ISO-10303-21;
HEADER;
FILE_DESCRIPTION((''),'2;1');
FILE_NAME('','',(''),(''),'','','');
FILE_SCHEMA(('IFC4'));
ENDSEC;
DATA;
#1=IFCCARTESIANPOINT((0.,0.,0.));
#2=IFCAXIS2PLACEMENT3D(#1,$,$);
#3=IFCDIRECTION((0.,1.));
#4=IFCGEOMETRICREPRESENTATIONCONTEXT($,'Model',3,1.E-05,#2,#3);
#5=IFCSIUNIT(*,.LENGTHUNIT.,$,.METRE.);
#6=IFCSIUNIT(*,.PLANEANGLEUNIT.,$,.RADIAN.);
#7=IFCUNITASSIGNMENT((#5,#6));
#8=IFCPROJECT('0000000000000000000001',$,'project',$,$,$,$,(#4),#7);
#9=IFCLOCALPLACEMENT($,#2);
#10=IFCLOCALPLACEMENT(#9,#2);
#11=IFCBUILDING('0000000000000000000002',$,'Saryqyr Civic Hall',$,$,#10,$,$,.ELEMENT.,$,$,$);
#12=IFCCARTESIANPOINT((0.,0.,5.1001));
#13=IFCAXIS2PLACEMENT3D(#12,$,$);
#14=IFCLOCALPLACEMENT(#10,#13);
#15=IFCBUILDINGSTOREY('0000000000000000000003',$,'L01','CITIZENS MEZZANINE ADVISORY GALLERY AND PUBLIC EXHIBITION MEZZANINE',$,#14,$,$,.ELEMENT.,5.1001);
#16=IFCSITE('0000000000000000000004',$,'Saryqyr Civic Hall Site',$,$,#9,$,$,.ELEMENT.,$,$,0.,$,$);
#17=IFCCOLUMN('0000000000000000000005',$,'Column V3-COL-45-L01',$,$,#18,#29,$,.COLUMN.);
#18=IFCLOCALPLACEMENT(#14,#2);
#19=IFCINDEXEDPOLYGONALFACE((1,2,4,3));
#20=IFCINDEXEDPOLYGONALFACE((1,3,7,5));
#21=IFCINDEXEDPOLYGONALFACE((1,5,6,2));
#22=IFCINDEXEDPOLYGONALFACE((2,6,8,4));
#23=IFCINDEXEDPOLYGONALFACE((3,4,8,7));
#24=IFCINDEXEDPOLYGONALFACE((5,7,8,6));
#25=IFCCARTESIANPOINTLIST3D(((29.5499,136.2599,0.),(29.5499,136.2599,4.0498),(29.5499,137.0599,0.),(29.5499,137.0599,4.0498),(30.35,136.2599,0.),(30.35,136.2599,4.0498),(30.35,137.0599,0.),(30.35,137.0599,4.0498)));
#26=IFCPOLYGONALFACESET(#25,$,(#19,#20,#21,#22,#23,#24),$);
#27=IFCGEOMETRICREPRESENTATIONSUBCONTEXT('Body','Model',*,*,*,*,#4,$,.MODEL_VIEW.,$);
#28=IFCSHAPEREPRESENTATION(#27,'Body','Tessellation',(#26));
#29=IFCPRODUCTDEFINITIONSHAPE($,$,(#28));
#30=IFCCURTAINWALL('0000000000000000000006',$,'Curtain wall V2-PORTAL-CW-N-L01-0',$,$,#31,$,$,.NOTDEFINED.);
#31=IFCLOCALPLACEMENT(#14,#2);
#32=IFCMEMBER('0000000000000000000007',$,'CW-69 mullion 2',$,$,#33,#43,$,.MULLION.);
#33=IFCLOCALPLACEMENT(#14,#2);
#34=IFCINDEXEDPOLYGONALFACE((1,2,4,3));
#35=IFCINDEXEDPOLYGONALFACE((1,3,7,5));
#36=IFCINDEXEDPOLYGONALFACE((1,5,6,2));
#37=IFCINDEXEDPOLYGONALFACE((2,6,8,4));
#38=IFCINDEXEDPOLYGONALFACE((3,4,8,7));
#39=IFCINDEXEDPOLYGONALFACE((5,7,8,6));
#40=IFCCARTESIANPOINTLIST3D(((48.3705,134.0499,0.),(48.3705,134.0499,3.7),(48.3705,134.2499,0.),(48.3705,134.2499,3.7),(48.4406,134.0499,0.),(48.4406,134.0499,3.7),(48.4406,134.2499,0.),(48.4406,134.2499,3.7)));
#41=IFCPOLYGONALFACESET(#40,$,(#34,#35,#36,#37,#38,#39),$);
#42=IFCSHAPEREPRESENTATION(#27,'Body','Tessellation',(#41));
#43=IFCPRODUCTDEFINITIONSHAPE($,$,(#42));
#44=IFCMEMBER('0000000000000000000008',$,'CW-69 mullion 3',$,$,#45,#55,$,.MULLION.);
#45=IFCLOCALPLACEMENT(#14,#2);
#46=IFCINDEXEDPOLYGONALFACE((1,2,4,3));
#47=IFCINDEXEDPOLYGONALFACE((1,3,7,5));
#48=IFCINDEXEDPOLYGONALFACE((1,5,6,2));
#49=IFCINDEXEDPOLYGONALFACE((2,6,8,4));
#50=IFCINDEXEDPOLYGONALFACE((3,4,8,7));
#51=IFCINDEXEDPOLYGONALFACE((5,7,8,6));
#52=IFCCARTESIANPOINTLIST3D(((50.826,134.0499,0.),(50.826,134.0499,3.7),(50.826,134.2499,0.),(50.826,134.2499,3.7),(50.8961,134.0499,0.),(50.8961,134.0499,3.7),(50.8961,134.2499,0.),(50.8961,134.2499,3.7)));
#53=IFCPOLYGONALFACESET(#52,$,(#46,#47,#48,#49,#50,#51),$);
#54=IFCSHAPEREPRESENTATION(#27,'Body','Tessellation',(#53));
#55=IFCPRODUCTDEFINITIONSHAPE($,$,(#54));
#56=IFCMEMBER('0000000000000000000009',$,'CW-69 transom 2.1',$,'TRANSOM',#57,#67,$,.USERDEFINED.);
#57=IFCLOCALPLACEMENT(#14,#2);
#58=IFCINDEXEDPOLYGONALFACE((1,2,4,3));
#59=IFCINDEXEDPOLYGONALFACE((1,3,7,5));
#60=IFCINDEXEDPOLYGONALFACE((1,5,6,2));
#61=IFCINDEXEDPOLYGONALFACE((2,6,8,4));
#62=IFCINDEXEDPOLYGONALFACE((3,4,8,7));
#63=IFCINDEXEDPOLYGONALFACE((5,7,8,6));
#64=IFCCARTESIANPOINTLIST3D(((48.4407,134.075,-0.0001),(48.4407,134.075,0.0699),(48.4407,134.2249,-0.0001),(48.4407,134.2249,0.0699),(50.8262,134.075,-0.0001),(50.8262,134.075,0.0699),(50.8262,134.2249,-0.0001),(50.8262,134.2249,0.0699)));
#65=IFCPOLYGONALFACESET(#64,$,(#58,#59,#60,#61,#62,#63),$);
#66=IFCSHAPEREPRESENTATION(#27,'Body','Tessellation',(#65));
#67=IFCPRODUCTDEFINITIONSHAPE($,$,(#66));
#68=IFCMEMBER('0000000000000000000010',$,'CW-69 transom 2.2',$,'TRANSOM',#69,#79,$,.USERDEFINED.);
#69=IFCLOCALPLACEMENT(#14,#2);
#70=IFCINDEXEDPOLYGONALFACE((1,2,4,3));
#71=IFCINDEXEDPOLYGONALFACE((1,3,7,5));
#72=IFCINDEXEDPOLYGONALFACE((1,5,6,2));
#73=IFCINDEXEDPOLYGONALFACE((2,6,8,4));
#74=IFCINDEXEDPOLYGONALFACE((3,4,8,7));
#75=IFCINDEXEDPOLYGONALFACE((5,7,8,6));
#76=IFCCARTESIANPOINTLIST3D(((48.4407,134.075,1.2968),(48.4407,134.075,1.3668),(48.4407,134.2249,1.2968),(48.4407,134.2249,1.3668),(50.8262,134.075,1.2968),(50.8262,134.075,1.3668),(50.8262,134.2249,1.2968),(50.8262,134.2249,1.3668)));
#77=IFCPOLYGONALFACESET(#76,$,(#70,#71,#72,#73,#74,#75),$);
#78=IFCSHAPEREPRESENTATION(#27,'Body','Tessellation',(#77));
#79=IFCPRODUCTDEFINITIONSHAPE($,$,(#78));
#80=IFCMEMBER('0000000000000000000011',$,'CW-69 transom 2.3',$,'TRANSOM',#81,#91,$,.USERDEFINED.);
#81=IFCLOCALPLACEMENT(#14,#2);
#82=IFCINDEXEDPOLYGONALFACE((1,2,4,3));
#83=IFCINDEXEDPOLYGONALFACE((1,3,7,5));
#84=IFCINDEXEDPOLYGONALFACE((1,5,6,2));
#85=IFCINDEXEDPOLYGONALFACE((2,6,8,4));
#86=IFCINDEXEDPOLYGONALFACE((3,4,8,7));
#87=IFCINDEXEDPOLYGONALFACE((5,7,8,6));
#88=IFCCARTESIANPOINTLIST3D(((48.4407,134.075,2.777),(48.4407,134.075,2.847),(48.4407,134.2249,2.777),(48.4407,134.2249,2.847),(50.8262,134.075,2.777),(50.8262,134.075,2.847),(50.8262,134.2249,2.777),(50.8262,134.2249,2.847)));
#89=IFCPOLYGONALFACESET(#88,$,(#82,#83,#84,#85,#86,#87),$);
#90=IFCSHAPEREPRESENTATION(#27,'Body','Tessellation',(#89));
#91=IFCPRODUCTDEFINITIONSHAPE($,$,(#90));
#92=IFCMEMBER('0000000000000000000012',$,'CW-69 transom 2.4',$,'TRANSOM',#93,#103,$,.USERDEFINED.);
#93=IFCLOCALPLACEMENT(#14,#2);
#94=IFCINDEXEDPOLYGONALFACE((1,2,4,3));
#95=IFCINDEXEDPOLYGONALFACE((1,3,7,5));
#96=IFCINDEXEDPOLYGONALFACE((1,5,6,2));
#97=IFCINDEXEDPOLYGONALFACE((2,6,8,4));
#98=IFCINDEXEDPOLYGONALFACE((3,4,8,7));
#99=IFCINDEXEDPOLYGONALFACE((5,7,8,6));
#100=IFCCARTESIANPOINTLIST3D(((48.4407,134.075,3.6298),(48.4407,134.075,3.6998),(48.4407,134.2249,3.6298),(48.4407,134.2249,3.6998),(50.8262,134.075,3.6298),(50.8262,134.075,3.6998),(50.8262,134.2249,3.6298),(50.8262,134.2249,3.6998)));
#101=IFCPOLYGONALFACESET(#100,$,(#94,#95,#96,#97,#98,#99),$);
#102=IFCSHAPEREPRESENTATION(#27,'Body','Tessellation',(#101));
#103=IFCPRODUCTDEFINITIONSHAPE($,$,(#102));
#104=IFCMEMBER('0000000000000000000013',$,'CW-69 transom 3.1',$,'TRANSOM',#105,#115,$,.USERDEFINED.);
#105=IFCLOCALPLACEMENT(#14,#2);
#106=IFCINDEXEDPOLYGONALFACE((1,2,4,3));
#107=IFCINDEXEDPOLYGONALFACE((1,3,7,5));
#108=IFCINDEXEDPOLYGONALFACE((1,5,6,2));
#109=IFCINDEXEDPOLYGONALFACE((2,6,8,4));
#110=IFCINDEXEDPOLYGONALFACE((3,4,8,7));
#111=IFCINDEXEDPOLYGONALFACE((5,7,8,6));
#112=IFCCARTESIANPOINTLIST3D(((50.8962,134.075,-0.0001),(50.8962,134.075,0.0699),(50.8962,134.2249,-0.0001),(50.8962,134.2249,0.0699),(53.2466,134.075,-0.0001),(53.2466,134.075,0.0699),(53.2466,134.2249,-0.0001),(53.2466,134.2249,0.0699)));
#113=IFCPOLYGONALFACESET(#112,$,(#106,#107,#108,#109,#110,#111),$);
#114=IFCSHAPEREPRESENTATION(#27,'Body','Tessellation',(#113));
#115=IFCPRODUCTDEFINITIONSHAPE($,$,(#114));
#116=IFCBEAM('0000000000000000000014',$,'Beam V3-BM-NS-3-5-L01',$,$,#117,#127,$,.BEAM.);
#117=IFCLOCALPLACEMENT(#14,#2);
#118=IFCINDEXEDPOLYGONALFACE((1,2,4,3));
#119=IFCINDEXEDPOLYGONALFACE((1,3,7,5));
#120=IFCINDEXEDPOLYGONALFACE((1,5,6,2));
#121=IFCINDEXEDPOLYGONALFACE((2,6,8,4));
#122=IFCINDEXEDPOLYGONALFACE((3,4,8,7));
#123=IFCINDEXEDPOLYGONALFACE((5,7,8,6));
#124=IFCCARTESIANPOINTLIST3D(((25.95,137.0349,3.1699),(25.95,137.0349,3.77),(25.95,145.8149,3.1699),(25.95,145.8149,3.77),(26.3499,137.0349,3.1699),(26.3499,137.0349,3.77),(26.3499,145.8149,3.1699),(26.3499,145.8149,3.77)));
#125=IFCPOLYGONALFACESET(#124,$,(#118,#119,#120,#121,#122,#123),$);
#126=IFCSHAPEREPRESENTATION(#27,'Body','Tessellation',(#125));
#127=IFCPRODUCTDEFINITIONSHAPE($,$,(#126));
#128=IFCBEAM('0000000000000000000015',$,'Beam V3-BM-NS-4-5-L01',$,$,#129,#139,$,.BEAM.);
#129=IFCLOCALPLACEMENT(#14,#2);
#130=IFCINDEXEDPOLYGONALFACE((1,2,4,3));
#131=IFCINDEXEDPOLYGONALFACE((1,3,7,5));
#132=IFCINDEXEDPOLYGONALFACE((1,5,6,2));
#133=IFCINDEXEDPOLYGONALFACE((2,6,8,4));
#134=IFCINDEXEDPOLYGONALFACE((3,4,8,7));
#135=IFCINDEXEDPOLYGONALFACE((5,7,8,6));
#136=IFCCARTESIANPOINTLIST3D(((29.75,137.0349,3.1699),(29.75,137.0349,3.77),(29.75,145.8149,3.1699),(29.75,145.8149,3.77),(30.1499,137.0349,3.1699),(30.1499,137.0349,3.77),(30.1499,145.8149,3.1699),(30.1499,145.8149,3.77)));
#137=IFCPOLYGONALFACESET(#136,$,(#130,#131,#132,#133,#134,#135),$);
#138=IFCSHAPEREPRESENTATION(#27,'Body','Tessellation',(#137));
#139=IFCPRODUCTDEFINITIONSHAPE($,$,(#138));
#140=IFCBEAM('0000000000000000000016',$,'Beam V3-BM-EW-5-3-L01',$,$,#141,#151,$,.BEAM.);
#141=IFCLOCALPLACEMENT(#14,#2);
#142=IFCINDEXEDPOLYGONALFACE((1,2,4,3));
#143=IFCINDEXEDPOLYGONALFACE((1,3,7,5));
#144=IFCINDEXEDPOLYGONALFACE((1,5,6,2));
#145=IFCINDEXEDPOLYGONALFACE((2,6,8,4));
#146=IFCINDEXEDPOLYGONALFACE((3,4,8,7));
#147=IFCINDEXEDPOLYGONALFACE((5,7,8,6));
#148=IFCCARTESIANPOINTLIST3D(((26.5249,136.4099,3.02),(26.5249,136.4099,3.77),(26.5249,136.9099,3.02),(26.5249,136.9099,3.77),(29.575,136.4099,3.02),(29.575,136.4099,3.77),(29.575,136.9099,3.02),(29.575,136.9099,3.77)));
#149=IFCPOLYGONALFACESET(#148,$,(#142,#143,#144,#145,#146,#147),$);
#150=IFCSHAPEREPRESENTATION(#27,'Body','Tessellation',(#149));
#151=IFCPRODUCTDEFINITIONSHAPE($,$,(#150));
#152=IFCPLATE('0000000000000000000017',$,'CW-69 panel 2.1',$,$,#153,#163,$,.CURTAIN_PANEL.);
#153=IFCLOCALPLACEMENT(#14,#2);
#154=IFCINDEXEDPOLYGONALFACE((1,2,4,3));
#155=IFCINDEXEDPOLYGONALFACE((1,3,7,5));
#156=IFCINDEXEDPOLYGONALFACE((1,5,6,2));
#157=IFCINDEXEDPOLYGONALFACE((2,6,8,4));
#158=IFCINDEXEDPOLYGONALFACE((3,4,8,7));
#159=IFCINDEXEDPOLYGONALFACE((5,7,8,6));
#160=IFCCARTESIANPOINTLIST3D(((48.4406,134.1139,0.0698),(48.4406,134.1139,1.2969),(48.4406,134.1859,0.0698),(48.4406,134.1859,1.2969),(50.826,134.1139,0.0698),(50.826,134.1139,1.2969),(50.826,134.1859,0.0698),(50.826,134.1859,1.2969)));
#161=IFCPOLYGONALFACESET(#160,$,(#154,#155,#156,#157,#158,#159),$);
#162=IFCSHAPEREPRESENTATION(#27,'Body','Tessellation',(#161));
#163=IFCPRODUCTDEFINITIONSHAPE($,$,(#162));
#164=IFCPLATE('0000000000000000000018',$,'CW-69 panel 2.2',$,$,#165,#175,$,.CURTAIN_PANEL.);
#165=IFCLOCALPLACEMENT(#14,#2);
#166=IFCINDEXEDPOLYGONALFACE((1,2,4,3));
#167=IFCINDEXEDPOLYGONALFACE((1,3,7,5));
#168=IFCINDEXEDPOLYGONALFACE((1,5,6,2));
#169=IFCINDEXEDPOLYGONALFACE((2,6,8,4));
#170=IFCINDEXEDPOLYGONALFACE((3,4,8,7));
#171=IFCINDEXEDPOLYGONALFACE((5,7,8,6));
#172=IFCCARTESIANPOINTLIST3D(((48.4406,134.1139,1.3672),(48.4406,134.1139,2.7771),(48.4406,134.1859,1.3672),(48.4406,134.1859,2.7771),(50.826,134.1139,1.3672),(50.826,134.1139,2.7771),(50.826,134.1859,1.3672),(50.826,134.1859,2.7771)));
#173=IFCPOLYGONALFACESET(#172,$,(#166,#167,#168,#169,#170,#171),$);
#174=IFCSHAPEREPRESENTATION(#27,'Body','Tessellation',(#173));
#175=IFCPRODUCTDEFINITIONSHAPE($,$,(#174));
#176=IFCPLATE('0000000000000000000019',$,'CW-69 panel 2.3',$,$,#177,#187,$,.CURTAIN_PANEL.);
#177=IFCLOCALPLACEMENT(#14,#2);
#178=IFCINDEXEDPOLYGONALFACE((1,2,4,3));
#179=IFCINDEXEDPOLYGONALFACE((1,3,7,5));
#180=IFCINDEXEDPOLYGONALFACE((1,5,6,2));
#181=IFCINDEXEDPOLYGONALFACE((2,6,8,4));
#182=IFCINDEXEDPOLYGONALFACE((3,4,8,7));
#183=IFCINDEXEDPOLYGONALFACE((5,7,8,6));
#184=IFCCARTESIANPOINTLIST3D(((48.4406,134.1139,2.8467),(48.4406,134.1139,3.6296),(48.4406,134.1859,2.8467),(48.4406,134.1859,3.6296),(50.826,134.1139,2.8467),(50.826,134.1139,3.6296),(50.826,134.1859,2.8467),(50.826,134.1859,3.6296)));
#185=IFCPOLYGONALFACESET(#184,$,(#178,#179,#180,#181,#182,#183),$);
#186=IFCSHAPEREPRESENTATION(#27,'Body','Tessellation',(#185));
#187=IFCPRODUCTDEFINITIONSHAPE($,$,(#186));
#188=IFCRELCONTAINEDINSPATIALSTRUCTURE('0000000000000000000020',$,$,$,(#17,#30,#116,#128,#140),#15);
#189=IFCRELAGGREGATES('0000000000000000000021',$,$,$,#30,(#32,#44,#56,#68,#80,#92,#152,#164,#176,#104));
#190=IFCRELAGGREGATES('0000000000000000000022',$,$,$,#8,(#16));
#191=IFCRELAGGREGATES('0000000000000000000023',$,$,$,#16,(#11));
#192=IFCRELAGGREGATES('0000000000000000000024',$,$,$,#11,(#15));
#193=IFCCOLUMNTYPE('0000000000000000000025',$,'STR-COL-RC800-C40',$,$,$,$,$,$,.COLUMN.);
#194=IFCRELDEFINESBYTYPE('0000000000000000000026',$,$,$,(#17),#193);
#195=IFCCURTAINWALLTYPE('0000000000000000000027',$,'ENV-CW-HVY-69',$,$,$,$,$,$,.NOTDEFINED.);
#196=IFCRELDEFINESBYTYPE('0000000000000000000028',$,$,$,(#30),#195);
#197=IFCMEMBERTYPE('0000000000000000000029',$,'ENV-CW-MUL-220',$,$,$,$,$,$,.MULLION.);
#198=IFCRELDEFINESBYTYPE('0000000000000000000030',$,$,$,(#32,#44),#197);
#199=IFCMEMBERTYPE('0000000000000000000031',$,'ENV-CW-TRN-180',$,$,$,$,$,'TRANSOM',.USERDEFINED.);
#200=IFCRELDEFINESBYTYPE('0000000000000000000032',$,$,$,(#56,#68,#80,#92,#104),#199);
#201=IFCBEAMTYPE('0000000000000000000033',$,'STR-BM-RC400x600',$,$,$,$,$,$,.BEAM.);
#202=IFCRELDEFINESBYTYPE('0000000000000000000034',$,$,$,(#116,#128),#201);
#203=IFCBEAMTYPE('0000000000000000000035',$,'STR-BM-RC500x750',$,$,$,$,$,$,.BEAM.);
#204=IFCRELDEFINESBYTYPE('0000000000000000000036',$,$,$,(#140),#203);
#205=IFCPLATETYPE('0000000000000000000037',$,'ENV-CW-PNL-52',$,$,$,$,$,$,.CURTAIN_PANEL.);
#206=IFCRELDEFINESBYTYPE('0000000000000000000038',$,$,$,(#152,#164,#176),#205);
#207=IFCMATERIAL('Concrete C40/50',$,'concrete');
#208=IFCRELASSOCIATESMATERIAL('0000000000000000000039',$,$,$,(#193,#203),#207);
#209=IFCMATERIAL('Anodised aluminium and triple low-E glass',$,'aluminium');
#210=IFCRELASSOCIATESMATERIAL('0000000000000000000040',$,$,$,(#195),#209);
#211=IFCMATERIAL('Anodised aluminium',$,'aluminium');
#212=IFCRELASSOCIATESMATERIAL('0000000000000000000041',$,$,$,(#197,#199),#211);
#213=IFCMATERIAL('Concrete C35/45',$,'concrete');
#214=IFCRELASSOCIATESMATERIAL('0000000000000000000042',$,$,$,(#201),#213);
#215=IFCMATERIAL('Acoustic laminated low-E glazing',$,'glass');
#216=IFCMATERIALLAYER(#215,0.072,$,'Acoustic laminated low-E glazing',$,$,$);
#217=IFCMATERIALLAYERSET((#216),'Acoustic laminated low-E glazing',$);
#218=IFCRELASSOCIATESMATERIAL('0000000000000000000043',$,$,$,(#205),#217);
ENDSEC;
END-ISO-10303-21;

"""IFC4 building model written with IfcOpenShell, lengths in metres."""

from ifc_helpers import new_model, si_unit, direction, frame, origin, origin_2d, place, context, subcontext, project, spatial, rectangle, extrude, material, layer, layer_set, material_profile, profile_set, type_object, element, aggregate, save


model = new_model("IFC4")

# Units and contexts
model_context = context("Model", 3, precision=1e-05, world=origin(), true_north=direction((0.0, 1.0)))
body_context = subcontext(model_context, "Body", "Model", "MODEL_VIEW")
ifc_project = project(units=[si_unit("LENGTHUNIT", "METRE"), si_unit("PLANEANGLEUNIT", "RADIAN")], contexts=[model_context])

# Site, building, storey
site_placement = place(None, origin())
site = spatial("IfcSite", under=ifc_project, at=site_placement, Name="Saryqyr Civic Hall Site", CompositionType="ELEMENT", RefElevation=0.0)
building_placement = place(site_placement, origin())
building = spatial("IfcBuilding", under=site, at=building_placement, Name="Saryqyr Civic Hall", CompositionType="ELEMENT")
storey_placement = place(building_placement, frame((0.0, 0.0, 5.1001)))
storey = spatial("IfcBuildingStorey", under=building, at=storey_placement, Name="L01", Description="CITIZENS MEZZANINE ADVISORY GALLERY AND PUBLIC EXHIBITION MEZZANINE", CompositionType="ELEMENT", Elevation=5.1001)

# Column
ifc_material_1 = material(Name="Concrete C40/50", Category="concrete")
ifc_material_profile_1 = material_profile(ifc_material_1, rectangle(XDim=0.8, YDim=0.8, at=origin_2d()), Name="RC 800x800")
ifc_profile_set_1 = profile_set([ifc_material_profile_1], Name="Concrete C40/50")
column_type = type_object("IfcColumnType", Name="STR-COL-RC800-C40", PredefinedType="COLUMN", material=ifc_profile_set_1)
column_placement = place(storey_placement, frame((29.95, 136.6599, 0.0), z_axis=(0.0, 0.0, 1.0), x_axis=(1.0, 0.0, 0.0)))
element("IfcColumn", 1, at=column_placement, inside=storey, type_object=column_type, Name="Column V3-COL-45-L01", PredefinedType="COLUMN", context=body_context, shape_type="SweptSolid", body=[
    extrude(rectangle(XDim=0.8, YDim=0.8, at=origin_2d()), origin(), (0.0, 0.0, 1.0), 4.0498),
])

# Curtain wall, members
ifc_material_2 = material(Name="Anodised aluminium and triple low-E glass", Category="aluminium")
curtain_wall_type = type_object("IfcCurtainWallType", Name="ENV-CW-HVY-69", PredefinedType="NOTDEFINED", material=ifc_material_2)
curtain_wall_placement = place(storey_placement, origin())
curtain_wall = element("IfcCurtainWall", 2, at=curtain_wall_placement, inside=storey, type_object=curtain_wall_type, Name="Curtain wall V2-PORTAL-CW-N-L01-0", PredefinedType="NOTDEFINED")
ifc_material_3 = material(Name="Anodised aluminium", Category="aluminium")
ifc_material_profile_2 = material_profile(ifc_material_3, rectangle(XDim=0.0701, YDim=0.2, at=origin_2d()), Name="ALU MULLION 70x200")
ifc_profile_set_2 = profile_set([ifc_material_profile_2], Name="Anodised aluminium")
member_type_1 = type_object("IfcMemberType", Name="ENV-CW-MUL-220", PredefinedType="MULLION", material=ifc_profile_set_2)
member_1_placement = place(storey_placement, frame((48.4055, 134.1499, 0.0), z_axis=(0.0, 0.0, 1.0), x_axis=(1.0, 0.0, 0.0)))
member_1 = element("IfcMember", 3, at=member_1_placement, type_object=member_type_1, Name="CW-69 mullion 2", PredefinedType="MULLION", context=body_context, shape_type="SweptSolid", body=[
    extrude(rectangle(XDim=0.0701, YDim=0.2, at=origin_2d()), origin(), (0.0, 0.0, 1.0), 3.7),
])
member_2_placement = place(storey_placement, frame((50.8611, 134.1499, 0.0), z_axis=(0.0, 0.0, 1.0), x_axis=(1.0, 0.0, 0.0)))
member_2 = element("IfcMember", 4, at=member_2_placement, type_object=member_type_1, Name="CW-69 mullion 3", PredefinedType="MULLION", context=body_context, shape_type="SweptSolid", body=[
    extrude(rectangle(XDim=0.0701, YDim=0.2, at=origin_2d()), origin(), (0.0, 0.0, 1.0), 3.7),
])
ifc_material_profile_3 = material_profile(ifc_material_3, rectangle(XDim=0.1499, YDim=0.0701, at=origin_2d()), Name="ALU TRANSOM 150x70")
ifc_profile_set_3 = profile_set([ifc_material_profile_3], Name="Anodised aluminium")
member_type_2 = type_object("IfcMemberType", Name="ENV-CW-TRN-180", ElementType="TRANSOM", PredefinedType="USERDEFINED", material=ifc_profile_set_3)
member_3_placement = place(storey_placement, frame((48.4407, 134.1499, 0.0349), z_axis=(1.0, 0.0, 0.0), x_axis=(0.0, 1.0, 0.0)))
member_3 = element("IfcMember", 5, at=member_3_placement, type_object=member_type_2, Name="CW-69 transom 2.1", ObjectType="TRANSOM", PredefinedType="USERDEFINED", context=body_context, shape_type="SweptSolid", body=[
    extrude(rectangle(XDim=0.1499, YDim=0.0701, at=origin_2d()), origin(), (0.0, 0.0, 1.0), 2.3855),
])
member_4_placement = place(storey_placement, frame((48.4407, 134.1499, 1.3318), z_axis=(1.0, 0.0, 0.0), x_axis=(0.0, 1.0, 0.0)))
member_4 = element("IfcMember", 6, at=member_4_placement, type_object=member_type_2, Name="CW-69 transom 2.2", ObjectType="TRANSOM", PredefinedType="USERDEFINED", context=body_context, shape_type="SweptSolid", body=[
    extrude(rectangle(XDim=0.1499, YDim=0.0701, at=origin_2d()), origin(), (0.0, 0.0, 1.0), 2.3855),
])
member_5_placement = place(storey_placement, frame((48.4407, 134.1499, 2.812), z_axis=(1.0, 0.0, 0.0), x_axis=(0.0, 1.0, 0.0)))
member_5 = element("IfcMember", 7, at=member_5_placement, type_object=member_type_2, Name="CW-69 transom 2.3", ObjectType="TRANSOM", PredefinedType="USERDEFINED", context=body_context, shape_type="SweptSolid", body=[
    extrude(rectangle(XDim=0.1499, YDim=0.0701, at=origin_2d()), origin(), (0.0, 0.0, 1.0), 2.3855),
])
member_6_placement = place(storey_placement, frame((48.4407, 134.1499, 3.6648), z_axis=(1.0, 0.0, 0.0), x_axis=(0.0, 1.0, 0.0)))
member_6 = element("IfcMember", 8, at=member_6_placement, type_object=member_type_2, Name="CW-69 transom 2.4", ObjectType="TRANSOM", PredefinedType="USERDEFINED", context=body_context, shape_type="SweptSolid", body=[
    extrude(rectangle(XDim=0.1499, YDim=0.0701, at=origin_2d()), origin(), (0.0, 0.0, 1.0), 2.3855),
])
member_7_placement = place(storey_placement, frame((50.8962, 134.1499, 0.0349), z_axis=(1.0, 0.0, 0.0), x_axis=(0.0, 1.0, 0.0)))
member_7 = element("IfcMember", 9, at=member_7_placement, type_object=member_type_2, Name="CW-69 transom 3.1", ObjectType="TRANSOM", PredefinedType="USERDEFINED", context=body_context, shape_type="SweptSolid", body=[
    extrude(rectangle(XDim=0.1499, YDim=0.0701, at=origin_2d()), origin(), (0.0, 0.0, 1.0), 2.3503),
])

# Beams
ifc_material_4 = material(Name="Concrete C35/45", Category="concrete")
ifc_material_profile_4 = material_profile(ifc_material_4, rectangle(XDim=0.3999, YDim=0.6001, at=origin_2d()), Name="RC 400x600")
ifc_profile_set_4 = profile_set([ifc_material_profile_4], Name="Concrete C35/45")
beam_type_1 = type_object("IfcBeamType", Name="STR-BM-RC400x600", PredefinedType="BEAM", material=ifc_profile_set_4)
for number, where, z_axis, x_axis, name in (
    (10, (26.1499, 137.0349, 3.47), (0.0, 1.0, 0.0), (-1.0, 0.0, 0.0), "Beam V3-BM-NS-3-5-L01"),
    (11, (29.95, 137.0349, 3.47), (0.0, 1.0, 0.0), (-1.0, 0.0, 0.0), "Beam V3-BM-NS-4-5-L01"),
):
    element("IfcBeam", number, at=place(storey_placement, frame(where, z_axis=z_axis, x_axis=x_axis)), inside=storey, type_object=beam_type_1, Name=name, PredefinedType="BEAM", context=body_context, shape_type="SweptSolid", body=[
        extrude(rectangle(XDim=0.3999, YDim=0.6001, at=origin_2d()), origin(), (0.0, 0.0, 1.0), 8.78),
    ])
ifc_material_profile_5 = material_profile(ifc_material_1, rectangle(XDim=0.5, YDim=0.75, at=origin_2d()), Name="RC 500x750")
ifc_profile_set_5 = profile_set([ifc_material_profile_5], Name="Concrete C40/50")
beam_type_2 = type_object("IfcBeamType", Name="STR-BM-RC500x750", PredefinedType="BEAM", material=ifc_profile_set_5)
beam_placement = place(storey_placement, frame((26.5249, 136.6599, 3.395), z_axis=(1.0, 0.0, 0.0), x_axis=(0.0, 1.0, 0.0)))
element("IfcBeam", 12, at=beam_placement, inside=storey, type_object=beam_type_2, Name="Beam V3-BM-EW-5-3-L01", PredefinedType="BEAM", context=body_context, shape_type="SweptSolid", body=[
    extrude(rectangle(XDim=0.5, YDim=0.75, at=origin_2d()), origin(), (0.0, 0.0, 1.0), 3.05),
])

# Plates
ifc_material_5 = material(Name="Acoustic laminated low-E glazing", Category="glass")
ifc_layer_1 = layer(ifc_material_5, 0.072, Name="Acoustic laminated low-E glazing")
ifc_layer_set_1 = layer_set([ifc_layer_1], Name="Acoustic laminated low-E glazing")
plate_type = type_object("IfcPlateType", Name="ENV-CW-PNL-52", PredefinedType="CURTAIN_PANEL", material=ifc_layer_set_1)
plate_1_placement = place(storey_placement, frame((49.6333, 134.1499, 0.0698), z_axis=(0.0, 0.0, 1.0), x_axis=(1.0, 0.0, 0.0)))
plate_1 = element("IfcPlate", 13, at=plate_1_placement, type_object=plate_type, Name="CW-69 panel 2.1", PredefinedType="CURTAIN_PANEL", context=body_context, shape_type="SweptSolid", body=[
    extrude(rectangle(XDim=2.3855, YDim=0.072, at=origin_2d()), origin(), (0.0, 0.0, 1.0), 1.2271),
])
plate_2_placement = place(storey_placement, frame((49.6333, 134.1499, 1.3672), z_axis=(0.0, 0.0, 1.0), x_axis=(1.0, 0.0, 0.0)))
plate_2 = element("IfcPlate", 14, at=plate_2_placement, type_object=plate_type, Name="CW-69 panel 2.2", PredefinedType="CURTAIN_PANEL", context=body_context, shape_type="SweptSolid", body=[
    extrude(rectangle(XDim=2.3855, YDim=0.072, at=origin_2d()), origin(), (0.0, 0.0, 1.0), 1.4099),
])
plate_3_placement = place(storey_placement, frame((49.6333, 134.1499, 2.8467), z_axis=(0.0, 0.0, 1.0), x_axis=(1.0, 0.0, 0.0)))
plate_3 = element("IfcPlate", 15, at=plate_3_placement, type_object=plate_type, Name="CW-69 panel 2.3", PredefinedType="CURTAIN_PANEL", context=body_context, shape_type="SweptSolid", body=[
    extrude(rectangle(XDim=2.3855, YDim=0.072, at=origin_2d()), origin(), (0.0, 0.0, 1.0), 0.783),
])
aggregate(curtain_wall, [member_1, member_2, member_3, member_4, member_5, member_6, plate_1, plate_2, plate_3, member_7])

save(model, "model.ifc")
